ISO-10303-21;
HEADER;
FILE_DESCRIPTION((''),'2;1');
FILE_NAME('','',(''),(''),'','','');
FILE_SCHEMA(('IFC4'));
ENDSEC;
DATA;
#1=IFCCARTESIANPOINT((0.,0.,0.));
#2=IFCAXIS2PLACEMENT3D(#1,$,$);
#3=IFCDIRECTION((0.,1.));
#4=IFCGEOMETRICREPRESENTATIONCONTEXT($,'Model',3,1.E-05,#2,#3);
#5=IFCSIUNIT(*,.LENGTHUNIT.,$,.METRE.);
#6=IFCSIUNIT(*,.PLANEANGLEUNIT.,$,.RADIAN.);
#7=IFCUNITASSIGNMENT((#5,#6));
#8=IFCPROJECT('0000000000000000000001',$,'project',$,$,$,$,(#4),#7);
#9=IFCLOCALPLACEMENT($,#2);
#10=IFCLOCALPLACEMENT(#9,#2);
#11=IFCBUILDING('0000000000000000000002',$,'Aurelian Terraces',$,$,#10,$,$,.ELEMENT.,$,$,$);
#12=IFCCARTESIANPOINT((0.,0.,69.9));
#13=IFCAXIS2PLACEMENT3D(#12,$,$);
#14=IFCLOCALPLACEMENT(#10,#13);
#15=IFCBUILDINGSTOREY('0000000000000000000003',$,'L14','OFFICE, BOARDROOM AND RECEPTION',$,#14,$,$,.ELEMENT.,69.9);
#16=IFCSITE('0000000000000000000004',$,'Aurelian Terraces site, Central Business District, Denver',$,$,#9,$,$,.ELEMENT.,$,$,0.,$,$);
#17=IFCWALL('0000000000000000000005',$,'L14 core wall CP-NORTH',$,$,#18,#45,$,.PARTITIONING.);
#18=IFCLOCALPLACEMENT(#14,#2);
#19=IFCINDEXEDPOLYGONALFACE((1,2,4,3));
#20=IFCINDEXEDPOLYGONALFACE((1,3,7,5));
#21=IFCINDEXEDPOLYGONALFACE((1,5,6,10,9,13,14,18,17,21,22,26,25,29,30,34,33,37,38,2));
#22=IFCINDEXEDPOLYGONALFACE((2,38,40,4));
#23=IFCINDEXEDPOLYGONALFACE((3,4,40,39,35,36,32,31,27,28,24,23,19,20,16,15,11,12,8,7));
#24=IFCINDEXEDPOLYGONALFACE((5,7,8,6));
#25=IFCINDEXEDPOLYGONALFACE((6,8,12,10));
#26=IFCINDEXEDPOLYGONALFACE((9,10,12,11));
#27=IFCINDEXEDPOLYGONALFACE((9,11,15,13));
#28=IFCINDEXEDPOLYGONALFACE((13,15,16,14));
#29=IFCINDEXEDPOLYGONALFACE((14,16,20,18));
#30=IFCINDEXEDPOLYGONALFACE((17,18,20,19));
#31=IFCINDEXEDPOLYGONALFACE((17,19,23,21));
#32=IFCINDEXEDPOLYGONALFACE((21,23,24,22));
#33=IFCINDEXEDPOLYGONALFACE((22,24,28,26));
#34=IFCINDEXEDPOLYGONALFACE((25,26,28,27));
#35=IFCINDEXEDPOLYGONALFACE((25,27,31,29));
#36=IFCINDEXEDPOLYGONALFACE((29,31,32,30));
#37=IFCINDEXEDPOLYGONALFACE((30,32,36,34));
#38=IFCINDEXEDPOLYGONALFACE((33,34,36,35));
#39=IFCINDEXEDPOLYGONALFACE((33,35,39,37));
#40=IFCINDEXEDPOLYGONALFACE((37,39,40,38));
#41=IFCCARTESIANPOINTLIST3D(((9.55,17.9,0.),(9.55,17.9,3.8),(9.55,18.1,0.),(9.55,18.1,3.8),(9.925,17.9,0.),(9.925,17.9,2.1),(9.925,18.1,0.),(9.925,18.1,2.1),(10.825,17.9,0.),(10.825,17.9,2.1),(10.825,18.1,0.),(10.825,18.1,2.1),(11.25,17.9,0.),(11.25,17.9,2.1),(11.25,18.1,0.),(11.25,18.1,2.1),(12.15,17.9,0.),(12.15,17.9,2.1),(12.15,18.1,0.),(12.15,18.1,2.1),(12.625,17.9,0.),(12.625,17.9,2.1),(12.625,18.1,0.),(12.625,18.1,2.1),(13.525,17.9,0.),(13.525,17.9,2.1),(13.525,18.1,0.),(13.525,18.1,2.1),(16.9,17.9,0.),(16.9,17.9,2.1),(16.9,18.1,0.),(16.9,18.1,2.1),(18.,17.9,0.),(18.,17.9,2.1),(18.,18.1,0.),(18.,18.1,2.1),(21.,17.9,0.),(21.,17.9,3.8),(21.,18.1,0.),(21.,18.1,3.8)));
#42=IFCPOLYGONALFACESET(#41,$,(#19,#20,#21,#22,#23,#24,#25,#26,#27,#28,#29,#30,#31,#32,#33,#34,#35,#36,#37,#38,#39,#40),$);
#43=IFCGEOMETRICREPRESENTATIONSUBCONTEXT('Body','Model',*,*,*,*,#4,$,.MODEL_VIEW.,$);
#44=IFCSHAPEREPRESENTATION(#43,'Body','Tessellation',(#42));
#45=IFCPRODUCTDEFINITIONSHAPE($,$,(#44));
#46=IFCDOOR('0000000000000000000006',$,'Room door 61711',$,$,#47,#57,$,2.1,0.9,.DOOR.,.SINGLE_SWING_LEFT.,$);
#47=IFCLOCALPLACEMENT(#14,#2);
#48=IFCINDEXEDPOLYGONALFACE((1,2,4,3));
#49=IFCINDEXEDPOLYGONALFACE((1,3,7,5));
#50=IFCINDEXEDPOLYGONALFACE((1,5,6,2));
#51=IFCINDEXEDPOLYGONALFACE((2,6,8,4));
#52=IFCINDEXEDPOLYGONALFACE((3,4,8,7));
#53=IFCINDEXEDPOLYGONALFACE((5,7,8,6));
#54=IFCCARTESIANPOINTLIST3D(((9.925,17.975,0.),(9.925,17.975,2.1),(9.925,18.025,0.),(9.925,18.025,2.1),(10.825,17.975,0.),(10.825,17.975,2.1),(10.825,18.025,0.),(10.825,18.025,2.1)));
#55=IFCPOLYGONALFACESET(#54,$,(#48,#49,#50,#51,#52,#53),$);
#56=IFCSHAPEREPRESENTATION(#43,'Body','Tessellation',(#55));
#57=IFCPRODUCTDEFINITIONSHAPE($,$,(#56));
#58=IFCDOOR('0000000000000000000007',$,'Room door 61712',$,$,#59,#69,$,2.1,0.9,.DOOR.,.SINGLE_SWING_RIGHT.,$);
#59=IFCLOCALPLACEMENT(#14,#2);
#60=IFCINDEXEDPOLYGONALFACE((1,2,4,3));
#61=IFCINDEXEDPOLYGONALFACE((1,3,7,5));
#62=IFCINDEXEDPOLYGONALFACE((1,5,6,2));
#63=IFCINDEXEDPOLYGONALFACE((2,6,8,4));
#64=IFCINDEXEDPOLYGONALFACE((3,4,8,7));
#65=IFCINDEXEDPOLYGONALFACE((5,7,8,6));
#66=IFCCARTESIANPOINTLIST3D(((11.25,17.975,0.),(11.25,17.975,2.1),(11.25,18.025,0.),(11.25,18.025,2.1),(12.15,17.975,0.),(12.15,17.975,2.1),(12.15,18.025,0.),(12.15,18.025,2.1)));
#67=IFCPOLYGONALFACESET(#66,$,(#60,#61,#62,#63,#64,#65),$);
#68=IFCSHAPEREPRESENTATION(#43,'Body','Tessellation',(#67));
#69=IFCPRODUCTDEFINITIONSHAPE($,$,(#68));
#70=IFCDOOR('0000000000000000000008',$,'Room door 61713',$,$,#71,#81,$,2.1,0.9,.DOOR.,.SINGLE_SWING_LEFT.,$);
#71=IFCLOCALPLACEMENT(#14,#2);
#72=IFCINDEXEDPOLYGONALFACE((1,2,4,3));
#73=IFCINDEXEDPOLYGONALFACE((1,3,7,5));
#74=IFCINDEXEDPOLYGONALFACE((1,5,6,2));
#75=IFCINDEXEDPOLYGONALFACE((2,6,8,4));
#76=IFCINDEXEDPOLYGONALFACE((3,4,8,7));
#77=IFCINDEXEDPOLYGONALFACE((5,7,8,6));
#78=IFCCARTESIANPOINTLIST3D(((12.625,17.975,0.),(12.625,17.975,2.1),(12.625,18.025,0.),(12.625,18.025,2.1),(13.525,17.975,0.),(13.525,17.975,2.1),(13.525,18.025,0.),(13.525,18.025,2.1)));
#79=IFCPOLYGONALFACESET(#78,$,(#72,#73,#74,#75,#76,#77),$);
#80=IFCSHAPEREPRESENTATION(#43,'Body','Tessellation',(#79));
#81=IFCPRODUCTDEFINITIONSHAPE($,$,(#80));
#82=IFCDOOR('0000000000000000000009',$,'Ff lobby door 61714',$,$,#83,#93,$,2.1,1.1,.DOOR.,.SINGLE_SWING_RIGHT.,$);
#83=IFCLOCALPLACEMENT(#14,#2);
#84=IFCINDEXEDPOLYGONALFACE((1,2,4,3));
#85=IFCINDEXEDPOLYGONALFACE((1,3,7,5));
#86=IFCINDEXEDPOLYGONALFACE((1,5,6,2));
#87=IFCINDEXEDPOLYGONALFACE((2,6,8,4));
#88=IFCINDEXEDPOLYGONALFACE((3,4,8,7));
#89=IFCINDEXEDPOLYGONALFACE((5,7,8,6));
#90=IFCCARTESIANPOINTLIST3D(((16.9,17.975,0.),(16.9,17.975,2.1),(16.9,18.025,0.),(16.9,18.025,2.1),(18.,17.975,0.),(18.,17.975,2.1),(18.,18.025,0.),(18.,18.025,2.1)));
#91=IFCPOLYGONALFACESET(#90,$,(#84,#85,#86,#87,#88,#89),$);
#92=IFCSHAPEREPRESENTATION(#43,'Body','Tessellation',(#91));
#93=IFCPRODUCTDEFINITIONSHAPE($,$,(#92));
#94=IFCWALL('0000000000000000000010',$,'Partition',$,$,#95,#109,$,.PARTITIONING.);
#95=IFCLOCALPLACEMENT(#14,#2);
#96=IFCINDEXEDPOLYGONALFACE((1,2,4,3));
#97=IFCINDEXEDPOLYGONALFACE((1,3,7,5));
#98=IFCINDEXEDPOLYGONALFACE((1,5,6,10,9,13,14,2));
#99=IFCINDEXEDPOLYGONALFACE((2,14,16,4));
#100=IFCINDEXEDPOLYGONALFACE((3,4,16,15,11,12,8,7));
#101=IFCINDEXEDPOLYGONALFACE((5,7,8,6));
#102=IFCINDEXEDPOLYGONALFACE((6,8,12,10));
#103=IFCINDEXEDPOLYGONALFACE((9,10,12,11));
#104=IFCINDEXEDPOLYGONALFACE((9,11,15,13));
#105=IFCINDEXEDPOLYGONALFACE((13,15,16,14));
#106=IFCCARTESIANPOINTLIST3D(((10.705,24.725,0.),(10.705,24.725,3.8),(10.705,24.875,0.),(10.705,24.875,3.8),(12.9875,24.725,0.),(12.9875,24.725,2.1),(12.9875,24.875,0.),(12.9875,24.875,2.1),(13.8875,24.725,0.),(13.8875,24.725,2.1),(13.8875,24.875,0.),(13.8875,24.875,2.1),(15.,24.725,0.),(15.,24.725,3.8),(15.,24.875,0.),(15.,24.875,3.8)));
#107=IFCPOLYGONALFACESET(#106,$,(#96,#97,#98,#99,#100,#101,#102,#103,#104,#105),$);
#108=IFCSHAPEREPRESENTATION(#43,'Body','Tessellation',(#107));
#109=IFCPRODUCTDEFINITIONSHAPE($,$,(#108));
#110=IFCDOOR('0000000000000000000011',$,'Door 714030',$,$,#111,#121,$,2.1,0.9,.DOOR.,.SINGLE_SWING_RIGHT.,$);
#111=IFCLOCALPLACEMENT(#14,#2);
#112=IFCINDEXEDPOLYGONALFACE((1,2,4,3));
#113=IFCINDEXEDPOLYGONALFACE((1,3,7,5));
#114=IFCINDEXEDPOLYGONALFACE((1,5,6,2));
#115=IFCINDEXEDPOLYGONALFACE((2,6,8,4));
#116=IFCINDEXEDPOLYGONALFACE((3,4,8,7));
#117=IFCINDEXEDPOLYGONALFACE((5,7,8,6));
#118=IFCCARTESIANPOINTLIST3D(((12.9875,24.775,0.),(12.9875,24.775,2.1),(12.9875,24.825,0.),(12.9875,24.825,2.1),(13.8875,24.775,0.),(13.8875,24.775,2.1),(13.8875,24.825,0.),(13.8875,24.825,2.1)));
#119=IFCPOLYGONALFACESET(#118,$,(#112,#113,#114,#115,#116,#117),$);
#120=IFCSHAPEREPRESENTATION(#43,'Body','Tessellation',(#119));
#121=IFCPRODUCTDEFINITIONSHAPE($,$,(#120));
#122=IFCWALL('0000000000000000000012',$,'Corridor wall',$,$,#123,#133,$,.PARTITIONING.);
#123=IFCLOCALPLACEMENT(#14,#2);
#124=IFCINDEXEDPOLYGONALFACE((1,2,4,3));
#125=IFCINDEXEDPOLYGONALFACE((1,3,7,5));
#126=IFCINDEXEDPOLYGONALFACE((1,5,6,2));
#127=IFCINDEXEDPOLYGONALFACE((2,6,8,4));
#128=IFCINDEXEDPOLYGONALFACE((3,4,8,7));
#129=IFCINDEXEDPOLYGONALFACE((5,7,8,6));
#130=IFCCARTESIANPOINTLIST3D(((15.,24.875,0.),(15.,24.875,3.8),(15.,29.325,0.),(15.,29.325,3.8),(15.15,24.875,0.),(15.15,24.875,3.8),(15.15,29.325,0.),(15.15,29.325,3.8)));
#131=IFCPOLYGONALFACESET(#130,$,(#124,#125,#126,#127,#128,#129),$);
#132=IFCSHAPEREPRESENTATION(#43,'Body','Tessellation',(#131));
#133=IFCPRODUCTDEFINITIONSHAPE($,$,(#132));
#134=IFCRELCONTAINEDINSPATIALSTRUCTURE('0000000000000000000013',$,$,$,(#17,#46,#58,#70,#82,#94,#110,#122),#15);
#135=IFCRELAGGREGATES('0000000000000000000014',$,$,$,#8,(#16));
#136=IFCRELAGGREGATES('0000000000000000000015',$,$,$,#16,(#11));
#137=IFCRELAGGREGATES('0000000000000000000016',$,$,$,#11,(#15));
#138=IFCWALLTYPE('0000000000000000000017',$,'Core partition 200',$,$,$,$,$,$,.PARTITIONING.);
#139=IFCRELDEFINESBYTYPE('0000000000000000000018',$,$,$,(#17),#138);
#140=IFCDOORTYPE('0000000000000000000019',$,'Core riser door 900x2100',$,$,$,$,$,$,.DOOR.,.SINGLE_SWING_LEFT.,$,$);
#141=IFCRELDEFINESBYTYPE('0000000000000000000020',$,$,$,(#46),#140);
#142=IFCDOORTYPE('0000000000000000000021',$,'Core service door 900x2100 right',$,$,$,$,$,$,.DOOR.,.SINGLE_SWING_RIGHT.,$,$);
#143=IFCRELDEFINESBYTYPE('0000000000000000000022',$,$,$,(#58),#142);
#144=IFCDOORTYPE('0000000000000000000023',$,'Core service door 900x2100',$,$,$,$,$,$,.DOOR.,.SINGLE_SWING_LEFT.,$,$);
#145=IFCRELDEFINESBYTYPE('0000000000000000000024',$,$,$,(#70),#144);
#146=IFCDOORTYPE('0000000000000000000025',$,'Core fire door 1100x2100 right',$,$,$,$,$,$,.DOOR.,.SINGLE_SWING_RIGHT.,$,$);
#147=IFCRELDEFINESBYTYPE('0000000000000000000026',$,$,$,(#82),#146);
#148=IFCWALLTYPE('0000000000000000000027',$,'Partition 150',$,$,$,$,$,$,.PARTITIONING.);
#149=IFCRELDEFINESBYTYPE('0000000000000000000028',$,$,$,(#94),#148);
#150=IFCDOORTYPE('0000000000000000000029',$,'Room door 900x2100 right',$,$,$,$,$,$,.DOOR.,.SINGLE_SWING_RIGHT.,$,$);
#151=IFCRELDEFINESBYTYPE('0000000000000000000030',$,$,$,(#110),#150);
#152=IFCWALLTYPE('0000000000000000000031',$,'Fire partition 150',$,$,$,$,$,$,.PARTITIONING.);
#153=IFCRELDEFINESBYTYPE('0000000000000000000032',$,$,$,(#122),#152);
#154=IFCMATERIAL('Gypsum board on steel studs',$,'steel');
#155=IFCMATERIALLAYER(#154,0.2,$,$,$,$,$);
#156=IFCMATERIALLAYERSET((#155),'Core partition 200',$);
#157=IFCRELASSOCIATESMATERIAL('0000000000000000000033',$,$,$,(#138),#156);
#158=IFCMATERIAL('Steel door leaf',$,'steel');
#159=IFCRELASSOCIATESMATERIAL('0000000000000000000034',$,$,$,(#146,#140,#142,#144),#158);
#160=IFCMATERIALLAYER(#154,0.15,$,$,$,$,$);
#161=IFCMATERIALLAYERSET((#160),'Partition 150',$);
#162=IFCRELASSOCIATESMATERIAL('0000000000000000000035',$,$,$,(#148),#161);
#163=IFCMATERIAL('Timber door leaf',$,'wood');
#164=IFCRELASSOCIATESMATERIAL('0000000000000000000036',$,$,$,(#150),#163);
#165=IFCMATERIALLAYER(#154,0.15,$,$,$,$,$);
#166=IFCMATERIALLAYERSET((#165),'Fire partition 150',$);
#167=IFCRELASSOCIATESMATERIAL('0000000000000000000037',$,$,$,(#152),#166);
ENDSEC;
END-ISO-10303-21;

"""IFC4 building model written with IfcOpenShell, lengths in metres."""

from ifc_helpers import new_model, si_unit, direction, frame, frame_2d, origin, place, context, subcontext, project, spatial, rectangle, extrude, source, transform, mapped, material, layer, layer_set, type_object, element, fill, save


model = new_model("IFC4")

# Units and contexts
model_context = context("Model", 3, precision=1e-05, world=origin(), true_north=direction((0.0, 1.0)))
body_context = subcontext(model_context, "Body", "Model", "MODEL_VIEW")
ifc_project = project(units=[si_unit("LENGTHUNIT", "METRE"), si_unit("PLANEANGLEUNIT", "RADIAN")], contexts=[model_context])

# Site, building, storey
site_placement = place(None, origin())
site = spatial("IfcSite", under=ifc_project, at=site_placement, Name="Aurelian Terraces site, Central Business District, Denver", CompositionType="ELEMENT", RefElevation=0.0)
building_placement = place(site_placement, origin())
building = spatial("IfcBuilding", under=site, at=building_placement, Name="Aurelian Terraces", CompositionType="ELEMENT")
storey_placement = place(building_placement, frame((0.0, 0.0, 69.9)))
storey = spatial("IfcBuildingStorey", under=building, at=storey_placement, Name="L14", Description="OFFICE, BOARDROOM AND RECEPTION", CompositionType="ELEMENT", Elevation=69.9)

# Shared definitions
ifc_material_1 = material(Name="Gypsum board on steel studs", Category="steel")
ifc_layer_1 = layer(ifc_material_1, 0.2)
ifc_layer_set_1 = layer_set([ifc_layer_1], Name="Core partition 200")
wall_type_1 = type_object("IfcWallType", Name="Core partition 200", PredefinedType="PARTITIONING", material=ifc_layer_set_1)

# Shared definitions
ifc_material_2 = material(Name="Steel door leaf", Category="steel")
door_type_1 = type_object("IfcDoorType", Name="Core fire door 1100x2100 right", OperationType="SINGLE_SWING_RIGHT", PredefinedType="DOOR", material=ifc_material_2)
shared_shape_1 = source(origin(), body_context, "Body", "SweptSolid", [
    extrude(rectangle(XDim=1.1, YDim=2.1, at=frame_2d((0.55, 1.05))), frame((0.0, 0.025, 0.0), z_axis=(0.0, -1.0, 0.0), x_axis=(1.0, 0.0, 0.0)), (0.0, 0.0, 1.0), 0.05),
])

# Wall, openings, doors
shared_shape_2 = source(origin(), body_context, "Body", "SweptSolid", [
    extrude(rectangle(XDim=11.45, YDim=0.2, at=frame_2d((5.725, 0.0))), origin(), (0.0, 0.0, 1.0), 3.8),
])
wall_1_placement = place(storey_placement, frame((9.55, 18.0, 0.0), z_axis=(0.0, 0.0, 1.0), x_axis=(1.0, 0.0, 0.0)))
wall_1 = element("IfcWall", 1, at=wall_1_placement, inside=storey, type_object=wall_type_1, Name="L14 core wall CP-NORTH", PredefinedType="PARTITIONING", context=body_context, shape_type="MappedRepresentation", body=[
    mapped(shared_shape_2, transform((0.0, 0.0, 0.0), scale=1.0)),
])
shared_shape_3 = source(origin(), body_context, "Body", "SweptSolid", [
    extrude(rectangle(XDim=0.9, YDim=2.1, at=frame_2d((0.45, 1.05))), frame((0.0, 0.11, 0.0), z_axis=(0.0, -1.0, 0.0), x_axis=(1.0, 0.0, 0.0)), (0.0, 0.0, 1.0), 0.22),
])
opening_1_placement = place(wall_1_placement, frame((0.375, 0.0, 0.0)))
opening_1 = element("IfcOpeningElement", 2, at=opening_1_placement, cuts=wall_1, PredefinedType="OPENING", context=body_context, shape_type="MappedRepresentation", body=[
    mapped(shared_shape_3, transform((0.0, 0.0, 0.0), scale=1.0)),
])
opening_2_placement = place(wall_1_placement, frame((1.7, 0.0, 0.0)))
opening_2 = element("IfcOpeningElement", 3, at=opening_2_placement, cuts=wall_1, PredefinedType="OPENING", context=body_context, shape_type="MappedRepresentation", body=[
    mapped(shared_shape_3, transform((0.0, 0.0, 0.0), scale=1.0)),
])
opening_3_placement = place(wall_1_placement, frame((3.075, 0.0, 0.0)))
opening_3 = element("IfcOpeningElement", 4, at=opening_3_placement, cuts=wall_1, PredefinedType="OPENING", context=body_context, shape_type="MappedRepresentation", body=[
    mapped(shared_shape_3, transform((0.0, 0.0, 0.0), scale=1.0)),
])
shared_shape_4 = source(origin(), body_context, "Body", "SweptSolid", [
    extrude(rectangle(XDim=1.1, YDim=2.1, at=frame_2d((0.55, 1.05))), frame((0.0, 0.11, 0.0), z_axis=(0.0, -1.0, 0.0), x_axis=(1.0, 0.0, 0.0)), (0.0, 0.0, 1.0), 0.22),
])
opening_4_placement = place(wall_1_placement, frame((7.35, 0.0, 0.0)))
opening_4 = element("IfcOpeningElement", 5, at=opening_4_placement, cuts=wall_1, PredefinedType="OPENING", context=body_context, shape_type="MappedRepresentation", body=[
    mapped(shared_shape_4, transform((0.0, 0.0, 0.0), scale=1.0)),
])
door_type_2 = type_object("IfcDoorType", Name="Core riser door 900x2100", OperationType="SINGLE_SWING_LEFT", PredefinedType="DOOR", material=ifc_material_2)
shared_shape_5 = source(origin(), body_context, "Body", "SweptSolid", [
    extrude(rectangle(XDim=0.9, YDim=2.1, at=frame_2d((0.45, 1.05))), frame((0.0, 0.025, 0.0), z_axis=(0.0, -1.0, 0.0), x_axis=(1.0, 0.0, 0.0)), (0.0, 0.0, 1.0), 0.05),
])
door_1_placement = place(opening_1_placement, origin())
door_1 = element("IfcDoor", 6, at=door_1_placement, inside=storey, type_object=door_type_2, Name="Room door 61711", OperationType="SINGLE_SWING_LEFT", OverallHeight=2.1, OverallWidth=0.9, PredefinedType="DOOR", context=body_context, shape_type="MappedRepresentation", body=[
    mapped(shared_shape_5, transform((0.0, 0.0, 0.0), scale=1.0)),
])
fill(opening_1, door_1)
door_type_3 = type_object("IfcDoorType", Name="Core service door 900x2100 right", OperationType="SINGLE_SWING_RIGHT", PredefinedType="DOOR", material=ifc_material_2)
door_2_placement = place(opening_2_placement, origin())
door_2 = element("IfcDoor", 7, at=door_2_placement, inside=storey, type_object=door_type_3, Name="Room door 61712", OperationType="SINGLE_SWING_RIGHT", OverallHeight=2.1, OverallWidth=0.9, PredefinedType="DOOR", context=body_context, shape_type="MappedRepresentation", body=[
    mapped(shared_shape_5, transform((0.0, 0.0, 0.0), scale=1.0)),
])
fill(opening_2, door_2)
door_type_4 = type_object("IfcDoorType", Name="Core service door 900x2100", OperationType="SINGLE_SWING_LEFT", PredefinedType="DOOR", material=ifc_material_2)
door_3_placement = place(opening_3_placement, origin())
door_3 = element("IfcDoor", 8, at=door_3_placement, inside=storey, type_object=door_type_4, Name="Room door 61713", OperationType="SINGLE_SWING_LEFT", OverallHeight=2.1, OverallWidth=0.9, PredefinedType="DOOR", context=body_context, shape_type="MappedRepresentation", body=[
    mapped(shared_shape_5, transform((0.0, 0.0, 0.0), scale=1.0)),
])
fill(opening_3, door_3)
door_4_placement = place(opening_4_placement, origin())
door_4 = element("IfcDoor", 9, at=door_4_placement, inside=storey, type_object=door_type_1, Name="Ff lobby door 61714", OperationType="SINGLE_SWING_RIGHT", OverallHeight=2.1, OverallWidth=1.1, PredefinedType="DOOR", context=body_context, shape_type="MappedRepresentation", body=[
    mapped(shared_shape_1, transform((0.0, 0.0, 0.0), scale=1.0)),
])
fill(opening_4, door_4)

# Wall, opening, door
ifc_layer_2 = layer(ifc_material_1, 0.15)
ifc_layer_set_2 = layer_set([ifc_layer_2], Name="Partition 150")
wall_type_2 = type_object("IfcWallType", Name="Partition 150", PredefinedType="PARTITIONING", material=ifc_layer_set_2)
shared_shape_6 = source(origin(), body_context, "Body", "SweptSolid", [
    extrude(rectangle(XDim=4.295, YDim=0.15, at=frame_2d((2.1475, 0.0))), origin(), (0.0, 0.0, 1.0), 3.8),
])
wall_2_placement = place(storey_placement, frame((10.705, 24.8, 0.0), z_axis=(0.0, 0.0, 1.0), x_axis=(1.0, 0.0, 0.0)))
wall_2 = element("IfcWall", 10, at=wall_2_placement, inside=storey, type_object=wall_type_2, Name="Partition", PredefinedType="PARTITIONING", context=body_context, shape_type="MappedRepresentation", body=[
    mapped(shared_shape_6, transform((0.0, 0.0, 0.0), scale=1.0)),
])
shared_shape_7 = source(origin(), body_context, "Body", "SweptSolid", [
    extrude(rectangle(XDim=0.9, YDim=2.1, at=frame_2d((0.45, 1.05))), frame((0.0, 0.085, 0.0), z_axis=(0.0, -1.0, 0.0), x_axis=(1.0, 0.0, 0.0)), (0.0, 0.0, 1.0), 0.17),
])
opening_5_placement = place(wall_2_placement, frame((2.2825, 0.0, 0.0)))
opening_5 = element("IfcOpeningElement", 11, at=opening_5_placement, cuts=wall_2, PredefinedType="OPENING", context=body_context, shape_type="MappedRepresentation", body=[
    mapped(shared_shape_7, transform((0.0, 0.0, 0.0), scale=1.0)),
])
ifc_material_3 = material(Name="Timber door leaf", Category="wood")
door_type_5 = type_object("IfcDoorType", Name="Room door 900x2100 right", OperationType="SINGLE_SWING_RIGHT", PredefinedType="DOOR", material=ifc_material_3)
door_5_placement = place(opening_5_placement, origin())
door_5 = element("IfcDoor", 12, at=door_5_placement, inside=storey, type_object=door_type_5, Name="Door 714030", OperationType="SINGLE_SWING_RIGHT", OverallHeight=2.1, OverallWidth=0.9, PredefinedType="DOOR", context=body_context, shape_type="MappedRepresentation", body=[
    mapped(shared_shape_5, transform((0.0, 0.0, 0.0), scale=1.0)),
])
fill(opening_5, door_5)

# Wall
ifc_layer_3 = layer(ifc_material_1, 0.15)
ifc_layer_set_3 = layer_set([ifc_layer_3], Name="Fire partition 150")
wall_type_3 = type_object("IfcWallType", Name="Fire partition 150", PredefinedType="PARTITIONING", material=ifc_layer_set_3)
shared_shape_8 = source(origin(), body_context, "Body", "SweptSolid", [
    extrude(rectangle(XDim=4.45, YDim=0.15, at=frame_2d((2.225, 0.0))), origin(), (0.0, 0.0, 1.0), 3.8),
])
wall_3_placement = place(storey_placement, frame((15.075, 24.875, 0.0), z_axis=(0.0, 0.0, 1.0), x_axis=(0.0, 1.0, 0.0)))
element("IfcWall", 13, at=wall_3_placement, inside=storey, type_object=wall_type_3, Name="Corridor wall", PredefinedType="PARTITIONING", context=body_context, shape_type="MappedRepresentation", body=[
    mapped(shared_shape_8, transform((0.0, 0.0, 0.0), scale=1.0)),
])

save(model, "model.ifc")
